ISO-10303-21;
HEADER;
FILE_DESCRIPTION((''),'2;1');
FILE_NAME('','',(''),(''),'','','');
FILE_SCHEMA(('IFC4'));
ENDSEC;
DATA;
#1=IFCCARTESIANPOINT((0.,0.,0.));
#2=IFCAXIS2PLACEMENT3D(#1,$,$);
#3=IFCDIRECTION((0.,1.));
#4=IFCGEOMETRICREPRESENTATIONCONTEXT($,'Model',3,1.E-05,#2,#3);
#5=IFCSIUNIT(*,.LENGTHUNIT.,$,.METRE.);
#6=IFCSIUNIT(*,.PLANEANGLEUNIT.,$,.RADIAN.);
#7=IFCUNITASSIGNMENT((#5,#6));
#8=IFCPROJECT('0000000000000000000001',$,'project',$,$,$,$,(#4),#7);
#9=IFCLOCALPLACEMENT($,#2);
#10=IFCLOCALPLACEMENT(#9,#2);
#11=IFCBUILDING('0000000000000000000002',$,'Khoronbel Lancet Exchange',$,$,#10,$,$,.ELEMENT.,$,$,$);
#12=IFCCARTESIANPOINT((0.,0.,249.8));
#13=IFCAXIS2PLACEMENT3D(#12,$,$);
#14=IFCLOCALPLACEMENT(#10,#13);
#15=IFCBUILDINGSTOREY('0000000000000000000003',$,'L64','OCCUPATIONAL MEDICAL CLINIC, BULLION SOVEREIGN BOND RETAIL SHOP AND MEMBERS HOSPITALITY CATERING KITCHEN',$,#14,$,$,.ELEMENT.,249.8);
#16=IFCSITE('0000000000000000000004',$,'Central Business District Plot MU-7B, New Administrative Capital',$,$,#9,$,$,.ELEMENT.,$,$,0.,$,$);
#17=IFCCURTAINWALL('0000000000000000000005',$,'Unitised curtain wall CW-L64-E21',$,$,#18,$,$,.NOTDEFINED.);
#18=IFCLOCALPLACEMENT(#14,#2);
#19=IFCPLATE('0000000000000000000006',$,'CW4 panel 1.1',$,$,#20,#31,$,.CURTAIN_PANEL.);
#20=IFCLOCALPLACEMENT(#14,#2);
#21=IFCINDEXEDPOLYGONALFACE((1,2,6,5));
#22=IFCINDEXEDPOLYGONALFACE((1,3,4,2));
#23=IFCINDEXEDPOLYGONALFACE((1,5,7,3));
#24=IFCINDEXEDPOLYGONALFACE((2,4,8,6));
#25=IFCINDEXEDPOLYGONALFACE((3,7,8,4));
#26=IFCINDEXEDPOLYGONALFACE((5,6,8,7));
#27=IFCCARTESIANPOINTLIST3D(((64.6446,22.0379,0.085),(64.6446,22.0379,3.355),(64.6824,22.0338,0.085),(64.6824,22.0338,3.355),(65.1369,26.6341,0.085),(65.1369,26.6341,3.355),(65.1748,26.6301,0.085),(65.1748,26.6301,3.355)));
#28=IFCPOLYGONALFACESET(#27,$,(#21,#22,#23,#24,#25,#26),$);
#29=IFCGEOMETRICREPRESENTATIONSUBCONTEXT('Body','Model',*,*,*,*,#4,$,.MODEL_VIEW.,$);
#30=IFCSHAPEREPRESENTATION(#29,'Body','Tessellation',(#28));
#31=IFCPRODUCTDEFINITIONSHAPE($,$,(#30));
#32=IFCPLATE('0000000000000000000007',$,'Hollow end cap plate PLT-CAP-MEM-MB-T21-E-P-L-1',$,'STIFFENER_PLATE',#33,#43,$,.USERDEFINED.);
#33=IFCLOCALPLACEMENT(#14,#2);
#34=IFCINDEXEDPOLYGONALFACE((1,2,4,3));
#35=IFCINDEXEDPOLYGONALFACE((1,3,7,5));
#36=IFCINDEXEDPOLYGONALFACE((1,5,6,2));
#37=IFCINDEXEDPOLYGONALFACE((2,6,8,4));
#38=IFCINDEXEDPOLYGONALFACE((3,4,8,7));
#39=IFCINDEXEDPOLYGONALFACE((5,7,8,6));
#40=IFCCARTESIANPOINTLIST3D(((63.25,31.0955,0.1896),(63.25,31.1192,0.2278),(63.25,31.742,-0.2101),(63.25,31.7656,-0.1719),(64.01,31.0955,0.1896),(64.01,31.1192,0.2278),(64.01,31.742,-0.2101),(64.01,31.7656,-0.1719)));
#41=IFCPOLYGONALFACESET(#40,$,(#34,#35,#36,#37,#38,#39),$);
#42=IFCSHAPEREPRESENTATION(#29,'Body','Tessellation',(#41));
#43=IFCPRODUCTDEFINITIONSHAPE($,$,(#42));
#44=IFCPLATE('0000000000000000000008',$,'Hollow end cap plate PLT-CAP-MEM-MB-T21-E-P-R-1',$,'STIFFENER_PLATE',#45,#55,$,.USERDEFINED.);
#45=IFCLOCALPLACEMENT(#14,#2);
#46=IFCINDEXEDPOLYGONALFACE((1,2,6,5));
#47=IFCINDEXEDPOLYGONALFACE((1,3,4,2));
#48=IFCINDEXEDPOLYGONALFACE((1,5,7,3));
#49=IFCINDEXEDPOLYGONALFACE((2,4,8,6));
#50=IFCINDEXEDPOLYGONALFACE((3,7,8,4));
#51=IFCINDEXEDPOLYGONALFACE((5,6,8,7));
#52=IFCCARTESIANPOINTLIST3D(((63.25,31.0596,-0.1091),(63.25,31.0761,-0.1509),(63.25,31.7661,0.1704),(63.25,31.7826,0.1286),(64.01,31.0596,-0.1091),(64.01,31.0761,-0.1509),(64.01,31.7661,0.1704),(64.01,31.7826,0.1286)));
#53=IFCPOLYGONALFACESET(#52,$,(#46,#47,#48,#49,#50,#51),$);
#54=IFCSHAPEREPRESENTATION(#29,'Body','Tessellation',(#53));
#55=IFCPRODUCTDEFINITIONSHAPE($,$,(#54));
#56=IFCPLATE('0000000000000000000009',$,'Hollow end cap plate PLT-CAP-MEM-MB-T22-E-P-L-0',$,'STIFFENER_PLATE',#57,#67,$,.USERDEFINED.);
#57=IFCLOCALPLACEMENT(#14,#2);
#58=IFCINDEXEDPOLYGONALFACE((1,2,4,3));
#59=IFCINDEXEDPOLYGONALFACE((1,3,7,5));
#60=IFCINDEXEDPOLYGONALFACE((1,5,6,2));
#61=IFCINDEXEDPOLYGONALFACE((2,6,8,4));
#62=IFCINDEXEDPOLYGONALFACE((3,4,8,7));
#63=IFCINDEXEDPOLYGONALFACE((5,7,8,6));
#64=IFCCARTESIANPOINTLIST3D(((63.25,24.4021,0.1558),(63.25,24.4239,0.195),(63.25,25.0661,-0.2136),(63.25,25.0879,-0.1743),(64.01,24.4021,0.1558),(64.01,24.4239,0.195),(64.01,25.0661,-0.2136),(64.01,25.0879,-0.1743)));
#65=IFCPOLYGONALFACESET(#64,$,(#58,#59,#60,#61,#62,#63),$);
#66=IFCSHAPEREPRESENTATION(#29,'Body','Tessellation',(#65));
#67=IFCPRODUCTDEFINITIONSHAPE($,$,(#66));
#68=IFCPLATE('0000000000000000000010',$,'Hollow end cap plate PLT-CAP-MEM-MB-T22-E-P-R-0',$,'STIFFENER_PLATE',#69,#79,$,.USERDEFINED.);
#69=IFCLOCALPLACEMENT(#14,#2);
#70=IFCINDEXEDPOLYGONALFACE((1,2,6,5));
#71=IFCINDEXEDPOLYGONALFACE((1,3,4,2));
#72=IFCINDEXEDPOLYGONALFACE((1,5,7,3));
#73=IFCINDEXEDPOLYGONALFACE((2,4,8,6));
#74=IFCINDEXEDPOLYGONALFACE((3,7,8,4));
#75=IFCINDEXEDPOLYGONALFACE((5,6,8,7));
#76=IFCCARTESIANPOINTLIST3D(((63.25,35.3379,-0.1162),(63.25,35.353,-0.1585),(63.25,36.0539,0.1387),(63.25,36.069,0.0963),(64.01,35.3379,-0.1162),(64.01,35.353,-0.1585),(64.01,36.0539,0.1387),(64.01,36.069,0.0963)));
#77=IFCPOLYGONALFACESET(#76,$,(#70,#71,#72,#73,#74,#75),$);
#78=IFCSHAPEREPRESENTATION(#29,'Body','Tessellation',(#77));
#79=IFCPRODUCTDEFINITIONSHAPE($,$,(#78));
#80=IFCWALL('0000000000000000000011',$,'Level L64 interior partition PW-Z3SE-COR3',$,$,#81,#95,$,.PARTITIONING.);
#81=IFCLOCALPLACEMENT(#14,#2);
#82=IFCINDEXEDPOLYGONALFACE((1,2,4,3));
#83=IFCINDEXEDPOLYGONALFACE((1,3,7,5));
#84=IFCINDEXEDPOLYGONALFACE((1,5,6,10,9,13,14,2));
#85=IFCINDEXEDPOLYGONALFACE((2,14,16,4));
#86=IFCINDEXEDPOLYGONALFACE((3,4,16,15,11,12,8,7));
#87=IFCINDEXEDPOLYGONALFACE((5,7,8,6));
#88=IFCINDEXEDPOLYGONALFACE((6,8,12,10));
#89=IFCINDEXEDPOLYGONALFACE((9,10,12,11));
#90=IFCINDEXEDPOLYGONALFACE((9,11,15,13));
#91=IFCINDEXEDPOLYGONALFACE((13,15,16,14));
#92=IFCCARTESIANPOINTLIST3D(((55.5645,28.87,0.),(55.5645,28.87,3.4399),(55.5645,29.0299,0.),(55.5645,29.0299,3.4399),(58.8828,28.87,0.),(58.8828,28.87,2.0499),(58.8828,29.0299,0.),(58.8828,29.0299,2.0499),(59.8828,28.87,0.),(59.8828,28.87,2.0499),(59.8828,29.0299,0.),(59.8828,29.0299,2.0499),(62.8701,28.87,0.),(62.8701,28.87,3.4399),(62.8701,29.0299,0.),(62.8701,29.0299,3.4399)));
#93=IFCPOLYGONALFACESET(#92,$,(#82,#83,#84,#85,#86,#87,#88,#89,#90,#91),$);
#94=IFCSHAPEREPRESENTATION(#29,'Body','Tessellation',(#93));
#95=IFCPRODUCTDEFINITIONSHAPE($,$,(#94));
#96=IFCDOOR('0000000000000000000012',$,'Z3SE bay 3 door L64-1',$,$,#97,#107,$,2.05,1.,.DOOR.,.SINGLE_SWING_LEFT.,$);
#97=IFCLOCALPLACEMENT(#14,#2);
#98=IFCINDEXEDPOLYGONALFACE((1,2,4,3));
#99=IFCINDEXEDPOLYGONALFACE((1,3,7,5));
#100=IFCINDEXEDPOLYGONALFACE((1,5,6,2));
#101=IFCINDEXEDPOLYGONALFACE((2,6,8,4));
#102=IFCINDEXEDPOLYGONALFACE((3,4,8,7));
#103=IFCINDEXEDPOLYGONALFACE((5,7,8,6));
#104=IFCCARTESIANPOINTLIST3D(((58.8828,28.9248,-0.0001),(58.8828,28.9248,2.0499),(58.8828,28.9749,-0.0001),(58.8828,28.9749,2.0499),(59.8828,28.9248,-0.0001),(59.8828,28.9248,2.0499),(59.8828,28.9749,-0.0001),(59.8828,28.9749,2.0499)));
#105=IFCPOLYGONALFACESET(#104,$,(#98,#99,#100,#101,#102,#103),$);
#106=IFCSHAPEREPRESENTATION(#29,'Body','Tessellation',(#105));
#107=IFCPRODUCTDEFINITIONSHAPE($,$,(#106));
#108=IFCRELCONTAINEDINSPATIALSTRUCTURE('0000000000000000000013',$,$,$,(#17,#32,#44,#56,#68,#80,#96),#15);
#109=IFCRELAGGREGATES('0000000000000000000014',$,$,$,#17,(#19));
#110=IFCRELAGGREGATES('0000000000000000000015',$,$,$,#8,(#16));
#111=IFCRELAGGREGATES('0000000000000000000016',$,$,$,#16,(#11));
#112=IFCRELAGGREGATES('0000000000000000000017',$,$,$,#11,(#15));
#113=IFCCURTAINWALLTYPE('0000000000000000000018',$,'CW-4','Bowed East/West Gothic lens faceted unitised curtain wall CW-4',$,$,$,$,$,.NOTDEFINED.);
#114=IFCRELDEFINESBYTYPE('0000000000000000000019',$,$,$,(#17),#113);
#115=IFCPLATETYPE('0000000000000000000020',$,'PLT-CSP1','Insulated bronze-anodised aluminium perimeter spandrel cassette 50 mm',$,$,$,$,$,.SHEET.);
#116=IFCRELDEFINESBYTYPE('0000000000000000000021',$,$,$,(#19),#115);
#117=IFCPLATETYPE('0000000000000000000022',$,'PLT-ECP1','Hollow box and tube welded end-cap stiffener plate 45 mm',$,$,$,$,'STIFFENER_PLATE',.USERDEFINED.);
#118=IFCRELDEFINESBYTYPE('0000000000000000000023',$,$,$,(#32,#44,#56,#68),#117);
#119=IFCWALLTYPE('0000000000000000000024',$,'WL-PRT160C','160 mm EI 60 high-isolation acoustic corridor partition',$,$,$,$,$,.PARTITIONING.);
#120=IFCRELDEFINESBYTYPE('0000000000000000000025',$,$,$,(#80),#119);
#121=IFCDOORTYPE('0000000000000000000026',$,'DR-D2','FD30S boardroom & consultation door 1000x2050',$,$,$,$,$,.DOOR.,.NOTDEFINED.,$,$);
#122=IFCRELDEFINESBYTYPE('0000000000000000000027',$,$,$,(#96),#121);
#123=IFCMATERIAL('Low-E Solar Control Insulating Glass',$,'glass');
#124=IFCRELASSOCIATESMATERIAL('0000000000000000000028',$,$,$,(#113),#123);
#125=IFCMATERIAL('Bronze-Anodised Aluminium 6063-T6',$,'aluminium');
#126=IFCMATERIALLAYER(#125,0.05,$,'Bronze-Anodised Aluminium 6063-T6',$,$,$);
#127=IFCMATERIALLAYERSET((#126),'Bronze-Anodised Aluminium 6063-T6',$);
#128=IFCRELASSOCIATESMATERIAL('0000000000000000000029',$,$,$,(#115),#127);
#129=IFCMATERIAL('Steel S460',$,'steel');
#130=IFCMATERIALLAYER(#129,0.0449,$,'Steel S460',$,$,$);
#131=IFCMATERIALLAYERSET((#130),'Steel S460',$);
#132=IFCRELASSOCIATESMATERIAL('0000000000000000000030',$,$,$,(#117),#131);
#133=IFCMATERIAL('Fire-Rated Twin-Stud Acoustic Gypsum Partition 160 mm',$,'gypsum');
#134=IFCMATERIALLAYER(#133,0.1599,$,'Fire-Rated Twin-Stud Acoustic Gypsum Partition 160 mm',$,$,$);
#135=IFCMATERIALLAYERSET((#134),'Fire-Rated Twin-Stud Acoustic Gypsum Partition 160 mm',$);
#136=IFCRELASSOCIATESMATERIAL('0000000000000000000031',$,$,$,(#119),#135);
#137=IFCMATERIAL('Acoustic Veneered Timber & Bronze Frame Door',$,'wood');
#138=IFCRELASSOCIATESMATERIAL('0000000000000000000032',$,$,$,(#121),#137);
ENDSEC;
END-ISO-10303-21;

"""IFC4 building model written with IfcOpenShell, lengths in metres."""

from ifc_helpers import new_model, si_unit, direction, frame, frame_2d, origin, origin_2d, place, context, subcontext, project, spatial, polyline, rectangle, outline, extrude, material, layer, layer_set, type_object, element, fill, aggregate, save


model = new_model("IFC4")

# Units and contexts
model_context = context("Model", 3, precision=1e-05, world=origin(), true_north=direction((0.0, 1.0)))
body_context = subcontext(model_context, "Body", "Model", "MODEL_VIEW")
ifc_project = project(units=[si_unit("LENGTHUNIT", "METRE"), si_unit("PLANEANGLEUNIT", "RADIAN")], contexts=[model_context])

# Site, building, storey
site_placement = place(None, origin())
site = spatial("IfcSite", under=ifc_project, at=site_placement, Name="Central Business District Plot MU-7B, New Administrative Capital", CompositionType="ELEMENT", RefElevation=0.0)
building_placement = place(site_placement, origin())
building = spatial("IfcBuilding", under=site, at=building_placement, Name="Khoronbel Lancet Exchange", CompositionType="ELEMENT")
storey_placement = place(building_placement, frame((0.0, 0.0, 249.8)))
storey = spatial("IfcBuildingStorey", under=building, at=storey_placement, Name="L64", Description="OCCUPATIONAL MEDICAL CLINIC, BULLION SOVEREIGN BOND RETAIL SHOP AND MEMBERS HOSPITALITY CATERING KITCHEN", CompositionType="ELEMENT", Elevation=249.8)

# Shared definitions
ifc_material_1 = material(Name="Low-E Solar Control Insulating Glass", Category="glass")
curtain_wall_type = type_object("IfcCurtainWallType", Name="CW-4", Description="Bowed East/West Gothic lens faceted unitised curtain wall CW-4", PredefinedType="NOTDEFINED", material=ifc_material_1)
ifc_material_2 = material(Name="Bronze-Anodised Aluminium 6063-T6", Category="aluminium")

# Curtain wall
curtain_wall_1_placement = place(storey_placement, origin())
curtain_wall_1 = element("IfcCurtainWall", 1, at=curtain_wall_1_placement, inside=storey, type_object=curtain_wall_type, Name="Unitised curtain wall CW-L64-E21", PredefinedType="NOTDEFINED")

# Shared definitions
ifc_material_3 = material(Name="Steel S460", Category="steel")

# Plate
ifc_layer_1 = layer(ifc_material_2, 0.05, Name="Bronze-Anodised Aluminium 6063-T6")
ifc_layer_set_1 = layer_set([ifc_layer_1], Name="Bronze-Anodised Aluminium 6063-T6")
plate_type_1 = type_object("IfcPlateType", Name="PLT-CSP1", Description="Insulated bronze-anodised aluminium perimeter spandrel cassette 50 mm", PredefinedType="SHEET", material=ifc_layer_set_1)
plate_1_placement = place(storey_placement, frame((64.9097, 24.334, 0.085), z_axis=(0.0, 0.0, 1.0), x_axis=(-0.106507, -0.994312, 0.0)))
plate_1 = element("IfcPlate", 2, at=plate_1_placement, type_object=plate_type_1, Name="CW4 panel 1.1", PredefinedType="CURTAIN_PANEL", context=body_context, shape_type="SweptSolid", body=[
    extrude(rectangle(XDim=4.6226, YDim=0.0381, at=origin_2d()), origin(), (0.0, 0.0, 1.0), 3.27),
])
aggregate(curtain_wall_1, [plate_1])

# Plates
ifc_layer_2 = layer(ifc_material_3, 0.0449, Name="Steel S460")
ifc_layer_set_2 = layer_set([ifc_layer_2], Name="Steel S460")
plate_type_2 = type_object("IfcPlateType", Name="PLT-ECP1", Description="Hollow box and tube welded end-cap stiffener plate 45 mm", ElementType="STIFFENER_PLATE", PredefinedType="USERDEFINED", material=ifc_layer_set_2)
plate_2_placement = place(storey_placement, frame((64.01, 31.7656, -0.1719), z_axis=(0.0, 0.525835, 0.850587), x_axis=(-1.0, 0.0, 0.0)))
element("IfcPlate", 3, at=plate_2_placement, inside=storey, type_object=plate_type_2, Name="Hollow end cap plate PLT-CAP-MEM-MB-T21-E-P-L-1", ObjectType="STIFFENER_PLATE", PredefinedType="USERDEFINED", context=body_context, shape_type="SweptSolid", body=[
    extrude(outline(polyline([(0.0, 0.0), (0.76, 0.0), (0.76, 0.76), (0.0, 0.76), (0.0, 0.0)])), origin(), (0.0, 0.0, -1.0), 0.0449),
])
for number, where, z_axis, x_axis, name in (
    (4, (63.25, 31.0596, -0.1091), (0.0, -0.367898, 0.929866), (1.0, 0.0, 0.0), "Hollow end cap plate PLT-CAP-MEM-MB-T21-E-P-R-1"),
    (5, (64.01, 25.0879, -0.1743), (0.0, 0.486107, 0.8739), (-1.0, 0.0, 0.0), "Hollow end cap plate PLT-CAP-MEM-MB-T22-E-P-L-0"),
):
    element("IfcPlate", number, at=place(storey_placement, frame(where, z_axis=z_axis, x_axis=x_axis)), inside=storey, type_object=plate_type_2, Name=name, ObjectType="STIFFENER_PLATE", PredefinedType="USERDEFINED", context=body_context, shape_type="SweptSolid", body=[
        extrude(outline(polyline([(0.0, 0.0), (0.76, 0.0), (0.76, 0.7598), (0.0, 0.7598), (0.0, 0.0)])), origin(), (0.0, 0.0, -1.0), 0.0449),
    ])
plate_3_placement = place(storey_placement, frame((63.25, 35.3379, -0.1162), z_axis=(0.0, -0.335339, 0.942097), x_axis=(1.0, 0.0, 0.0)))
element("IfcPlate", 6, at=plate_3_placement, inside=storey, type_object=plate_type_2, Name="Hollow end cap plate PLT-CAP-MEM-MB-T22-E-P-R-0", ObjectType="STIFFENER_PLATE", PredefinedType="USERDEFINED", context=body_context, shape_type="SweptSolid", body=[
    extrude(outline(polyline([(0.0, 0.0), (0.76, 0.0), (0.76, 0.76), (0.0, 0.76), (0.0, 0.0)])), origin(), (0.0, 0.0, -1.0), 0.0449),
])

# Wall, opening, door
ifc_material_4 = material(Name="Fire-Rated Twin-Stud Acoustic Gypsum Partition 160 mm", Category="gypsum")
ifc_layer_3 = layer(ifc_material_4, 0.1599, Name="Fire-Rated Twin-Stud Acoustic Gypsum Partition 160 mm")
ifc_layer_set_3 = layer_set([ifc_layer_3], Name="Fire-Rated Twin-Stud Acoustic Gypsum Partition 160 mm")
wall_type = type_object("IfcWallType", Name="WL-PRT160C", Description="160 mm EI 60 high-isolation acoustic corridor partition", PredefinedType="PARTITIONING", material=ifc_layer_set_3)
wall_placement = place(storey_placement, frame((55.5645, 28.95, 0.0), z_axis=(0.0, 0.0, 1.0), x_axis=(1.0, 0.0, 0.0)))
wall = element("IfcWall", 7, at=wall_placement, inside=storey, type_object=wall_type, Name="Level L64 interior partition PW-Z3SE-COR3", PredefinedType="PARTITIONING", context=body_context, shape_type="SweptSolid", body=[
    extrude(rectangle(XDim=7.3057, YDim=0.1599, at=frame_2d((3.6528, 0.0))), origin(), (0.0, 0.0, 1.0), 3.4399),
])
opening_placement = place(wall_placement, frame((3.3184, 0.0, 0.0)))
opening = element("IfcOpeningElement", 8, at=opening_placement, cuts=wall, PredefinedType="OPENING", context=body_context, shape_type="SweptSolid", body=[
    extrude(rectangle(XDim=1.0, YDim=2.05, at=frame_2d((0.5, 1.0249))), frame((0.0, 0.0898, 0.0), z_axis=(0.0, -1.0, 0.0), x_axis=(1.0, 0.0, 0.0)), (0.0, 0.0, 1.0), 0.1799),
])
ifc_material_5 = material(Name="Acoustic Veneered Timber & Bronze Frame Door", Category="wood")
door_type = type_object("IfcDoorType", Name="DR-D2", Description="FD30S boardroom & consultation door 1000x2050", OperationType="NOTDEFINED", PredefinedType="DOOR", material=ifc_material_5)
door_placement = place(opening_placement, origin())
door = element("IfcDoor", 9, at=door_placement, inside=storey, type_object=door_type, Name="Z3SE bay 3 door L64-1", OperationType="SINGLE_SWING_LEFT", OverallHeight=2.05, OverallWidth=1.0, PredefinedType="DOOR", context=body_context, shape_type="SweptSolid", body=[
    extrude(rectangle(XDim=1.0, YDim=2.05, at=frame_2d((0.5, 1.0249))), frame((0.0, 0.0249, 0.0), z_axis=(0.0, -1.0, 0.0), x_axis=(1.0, 0.0, 0.0)), (0.0, 0.0, 1.0), 0.05),
])
fill(opening, door)

save(model, "model.ifc")
